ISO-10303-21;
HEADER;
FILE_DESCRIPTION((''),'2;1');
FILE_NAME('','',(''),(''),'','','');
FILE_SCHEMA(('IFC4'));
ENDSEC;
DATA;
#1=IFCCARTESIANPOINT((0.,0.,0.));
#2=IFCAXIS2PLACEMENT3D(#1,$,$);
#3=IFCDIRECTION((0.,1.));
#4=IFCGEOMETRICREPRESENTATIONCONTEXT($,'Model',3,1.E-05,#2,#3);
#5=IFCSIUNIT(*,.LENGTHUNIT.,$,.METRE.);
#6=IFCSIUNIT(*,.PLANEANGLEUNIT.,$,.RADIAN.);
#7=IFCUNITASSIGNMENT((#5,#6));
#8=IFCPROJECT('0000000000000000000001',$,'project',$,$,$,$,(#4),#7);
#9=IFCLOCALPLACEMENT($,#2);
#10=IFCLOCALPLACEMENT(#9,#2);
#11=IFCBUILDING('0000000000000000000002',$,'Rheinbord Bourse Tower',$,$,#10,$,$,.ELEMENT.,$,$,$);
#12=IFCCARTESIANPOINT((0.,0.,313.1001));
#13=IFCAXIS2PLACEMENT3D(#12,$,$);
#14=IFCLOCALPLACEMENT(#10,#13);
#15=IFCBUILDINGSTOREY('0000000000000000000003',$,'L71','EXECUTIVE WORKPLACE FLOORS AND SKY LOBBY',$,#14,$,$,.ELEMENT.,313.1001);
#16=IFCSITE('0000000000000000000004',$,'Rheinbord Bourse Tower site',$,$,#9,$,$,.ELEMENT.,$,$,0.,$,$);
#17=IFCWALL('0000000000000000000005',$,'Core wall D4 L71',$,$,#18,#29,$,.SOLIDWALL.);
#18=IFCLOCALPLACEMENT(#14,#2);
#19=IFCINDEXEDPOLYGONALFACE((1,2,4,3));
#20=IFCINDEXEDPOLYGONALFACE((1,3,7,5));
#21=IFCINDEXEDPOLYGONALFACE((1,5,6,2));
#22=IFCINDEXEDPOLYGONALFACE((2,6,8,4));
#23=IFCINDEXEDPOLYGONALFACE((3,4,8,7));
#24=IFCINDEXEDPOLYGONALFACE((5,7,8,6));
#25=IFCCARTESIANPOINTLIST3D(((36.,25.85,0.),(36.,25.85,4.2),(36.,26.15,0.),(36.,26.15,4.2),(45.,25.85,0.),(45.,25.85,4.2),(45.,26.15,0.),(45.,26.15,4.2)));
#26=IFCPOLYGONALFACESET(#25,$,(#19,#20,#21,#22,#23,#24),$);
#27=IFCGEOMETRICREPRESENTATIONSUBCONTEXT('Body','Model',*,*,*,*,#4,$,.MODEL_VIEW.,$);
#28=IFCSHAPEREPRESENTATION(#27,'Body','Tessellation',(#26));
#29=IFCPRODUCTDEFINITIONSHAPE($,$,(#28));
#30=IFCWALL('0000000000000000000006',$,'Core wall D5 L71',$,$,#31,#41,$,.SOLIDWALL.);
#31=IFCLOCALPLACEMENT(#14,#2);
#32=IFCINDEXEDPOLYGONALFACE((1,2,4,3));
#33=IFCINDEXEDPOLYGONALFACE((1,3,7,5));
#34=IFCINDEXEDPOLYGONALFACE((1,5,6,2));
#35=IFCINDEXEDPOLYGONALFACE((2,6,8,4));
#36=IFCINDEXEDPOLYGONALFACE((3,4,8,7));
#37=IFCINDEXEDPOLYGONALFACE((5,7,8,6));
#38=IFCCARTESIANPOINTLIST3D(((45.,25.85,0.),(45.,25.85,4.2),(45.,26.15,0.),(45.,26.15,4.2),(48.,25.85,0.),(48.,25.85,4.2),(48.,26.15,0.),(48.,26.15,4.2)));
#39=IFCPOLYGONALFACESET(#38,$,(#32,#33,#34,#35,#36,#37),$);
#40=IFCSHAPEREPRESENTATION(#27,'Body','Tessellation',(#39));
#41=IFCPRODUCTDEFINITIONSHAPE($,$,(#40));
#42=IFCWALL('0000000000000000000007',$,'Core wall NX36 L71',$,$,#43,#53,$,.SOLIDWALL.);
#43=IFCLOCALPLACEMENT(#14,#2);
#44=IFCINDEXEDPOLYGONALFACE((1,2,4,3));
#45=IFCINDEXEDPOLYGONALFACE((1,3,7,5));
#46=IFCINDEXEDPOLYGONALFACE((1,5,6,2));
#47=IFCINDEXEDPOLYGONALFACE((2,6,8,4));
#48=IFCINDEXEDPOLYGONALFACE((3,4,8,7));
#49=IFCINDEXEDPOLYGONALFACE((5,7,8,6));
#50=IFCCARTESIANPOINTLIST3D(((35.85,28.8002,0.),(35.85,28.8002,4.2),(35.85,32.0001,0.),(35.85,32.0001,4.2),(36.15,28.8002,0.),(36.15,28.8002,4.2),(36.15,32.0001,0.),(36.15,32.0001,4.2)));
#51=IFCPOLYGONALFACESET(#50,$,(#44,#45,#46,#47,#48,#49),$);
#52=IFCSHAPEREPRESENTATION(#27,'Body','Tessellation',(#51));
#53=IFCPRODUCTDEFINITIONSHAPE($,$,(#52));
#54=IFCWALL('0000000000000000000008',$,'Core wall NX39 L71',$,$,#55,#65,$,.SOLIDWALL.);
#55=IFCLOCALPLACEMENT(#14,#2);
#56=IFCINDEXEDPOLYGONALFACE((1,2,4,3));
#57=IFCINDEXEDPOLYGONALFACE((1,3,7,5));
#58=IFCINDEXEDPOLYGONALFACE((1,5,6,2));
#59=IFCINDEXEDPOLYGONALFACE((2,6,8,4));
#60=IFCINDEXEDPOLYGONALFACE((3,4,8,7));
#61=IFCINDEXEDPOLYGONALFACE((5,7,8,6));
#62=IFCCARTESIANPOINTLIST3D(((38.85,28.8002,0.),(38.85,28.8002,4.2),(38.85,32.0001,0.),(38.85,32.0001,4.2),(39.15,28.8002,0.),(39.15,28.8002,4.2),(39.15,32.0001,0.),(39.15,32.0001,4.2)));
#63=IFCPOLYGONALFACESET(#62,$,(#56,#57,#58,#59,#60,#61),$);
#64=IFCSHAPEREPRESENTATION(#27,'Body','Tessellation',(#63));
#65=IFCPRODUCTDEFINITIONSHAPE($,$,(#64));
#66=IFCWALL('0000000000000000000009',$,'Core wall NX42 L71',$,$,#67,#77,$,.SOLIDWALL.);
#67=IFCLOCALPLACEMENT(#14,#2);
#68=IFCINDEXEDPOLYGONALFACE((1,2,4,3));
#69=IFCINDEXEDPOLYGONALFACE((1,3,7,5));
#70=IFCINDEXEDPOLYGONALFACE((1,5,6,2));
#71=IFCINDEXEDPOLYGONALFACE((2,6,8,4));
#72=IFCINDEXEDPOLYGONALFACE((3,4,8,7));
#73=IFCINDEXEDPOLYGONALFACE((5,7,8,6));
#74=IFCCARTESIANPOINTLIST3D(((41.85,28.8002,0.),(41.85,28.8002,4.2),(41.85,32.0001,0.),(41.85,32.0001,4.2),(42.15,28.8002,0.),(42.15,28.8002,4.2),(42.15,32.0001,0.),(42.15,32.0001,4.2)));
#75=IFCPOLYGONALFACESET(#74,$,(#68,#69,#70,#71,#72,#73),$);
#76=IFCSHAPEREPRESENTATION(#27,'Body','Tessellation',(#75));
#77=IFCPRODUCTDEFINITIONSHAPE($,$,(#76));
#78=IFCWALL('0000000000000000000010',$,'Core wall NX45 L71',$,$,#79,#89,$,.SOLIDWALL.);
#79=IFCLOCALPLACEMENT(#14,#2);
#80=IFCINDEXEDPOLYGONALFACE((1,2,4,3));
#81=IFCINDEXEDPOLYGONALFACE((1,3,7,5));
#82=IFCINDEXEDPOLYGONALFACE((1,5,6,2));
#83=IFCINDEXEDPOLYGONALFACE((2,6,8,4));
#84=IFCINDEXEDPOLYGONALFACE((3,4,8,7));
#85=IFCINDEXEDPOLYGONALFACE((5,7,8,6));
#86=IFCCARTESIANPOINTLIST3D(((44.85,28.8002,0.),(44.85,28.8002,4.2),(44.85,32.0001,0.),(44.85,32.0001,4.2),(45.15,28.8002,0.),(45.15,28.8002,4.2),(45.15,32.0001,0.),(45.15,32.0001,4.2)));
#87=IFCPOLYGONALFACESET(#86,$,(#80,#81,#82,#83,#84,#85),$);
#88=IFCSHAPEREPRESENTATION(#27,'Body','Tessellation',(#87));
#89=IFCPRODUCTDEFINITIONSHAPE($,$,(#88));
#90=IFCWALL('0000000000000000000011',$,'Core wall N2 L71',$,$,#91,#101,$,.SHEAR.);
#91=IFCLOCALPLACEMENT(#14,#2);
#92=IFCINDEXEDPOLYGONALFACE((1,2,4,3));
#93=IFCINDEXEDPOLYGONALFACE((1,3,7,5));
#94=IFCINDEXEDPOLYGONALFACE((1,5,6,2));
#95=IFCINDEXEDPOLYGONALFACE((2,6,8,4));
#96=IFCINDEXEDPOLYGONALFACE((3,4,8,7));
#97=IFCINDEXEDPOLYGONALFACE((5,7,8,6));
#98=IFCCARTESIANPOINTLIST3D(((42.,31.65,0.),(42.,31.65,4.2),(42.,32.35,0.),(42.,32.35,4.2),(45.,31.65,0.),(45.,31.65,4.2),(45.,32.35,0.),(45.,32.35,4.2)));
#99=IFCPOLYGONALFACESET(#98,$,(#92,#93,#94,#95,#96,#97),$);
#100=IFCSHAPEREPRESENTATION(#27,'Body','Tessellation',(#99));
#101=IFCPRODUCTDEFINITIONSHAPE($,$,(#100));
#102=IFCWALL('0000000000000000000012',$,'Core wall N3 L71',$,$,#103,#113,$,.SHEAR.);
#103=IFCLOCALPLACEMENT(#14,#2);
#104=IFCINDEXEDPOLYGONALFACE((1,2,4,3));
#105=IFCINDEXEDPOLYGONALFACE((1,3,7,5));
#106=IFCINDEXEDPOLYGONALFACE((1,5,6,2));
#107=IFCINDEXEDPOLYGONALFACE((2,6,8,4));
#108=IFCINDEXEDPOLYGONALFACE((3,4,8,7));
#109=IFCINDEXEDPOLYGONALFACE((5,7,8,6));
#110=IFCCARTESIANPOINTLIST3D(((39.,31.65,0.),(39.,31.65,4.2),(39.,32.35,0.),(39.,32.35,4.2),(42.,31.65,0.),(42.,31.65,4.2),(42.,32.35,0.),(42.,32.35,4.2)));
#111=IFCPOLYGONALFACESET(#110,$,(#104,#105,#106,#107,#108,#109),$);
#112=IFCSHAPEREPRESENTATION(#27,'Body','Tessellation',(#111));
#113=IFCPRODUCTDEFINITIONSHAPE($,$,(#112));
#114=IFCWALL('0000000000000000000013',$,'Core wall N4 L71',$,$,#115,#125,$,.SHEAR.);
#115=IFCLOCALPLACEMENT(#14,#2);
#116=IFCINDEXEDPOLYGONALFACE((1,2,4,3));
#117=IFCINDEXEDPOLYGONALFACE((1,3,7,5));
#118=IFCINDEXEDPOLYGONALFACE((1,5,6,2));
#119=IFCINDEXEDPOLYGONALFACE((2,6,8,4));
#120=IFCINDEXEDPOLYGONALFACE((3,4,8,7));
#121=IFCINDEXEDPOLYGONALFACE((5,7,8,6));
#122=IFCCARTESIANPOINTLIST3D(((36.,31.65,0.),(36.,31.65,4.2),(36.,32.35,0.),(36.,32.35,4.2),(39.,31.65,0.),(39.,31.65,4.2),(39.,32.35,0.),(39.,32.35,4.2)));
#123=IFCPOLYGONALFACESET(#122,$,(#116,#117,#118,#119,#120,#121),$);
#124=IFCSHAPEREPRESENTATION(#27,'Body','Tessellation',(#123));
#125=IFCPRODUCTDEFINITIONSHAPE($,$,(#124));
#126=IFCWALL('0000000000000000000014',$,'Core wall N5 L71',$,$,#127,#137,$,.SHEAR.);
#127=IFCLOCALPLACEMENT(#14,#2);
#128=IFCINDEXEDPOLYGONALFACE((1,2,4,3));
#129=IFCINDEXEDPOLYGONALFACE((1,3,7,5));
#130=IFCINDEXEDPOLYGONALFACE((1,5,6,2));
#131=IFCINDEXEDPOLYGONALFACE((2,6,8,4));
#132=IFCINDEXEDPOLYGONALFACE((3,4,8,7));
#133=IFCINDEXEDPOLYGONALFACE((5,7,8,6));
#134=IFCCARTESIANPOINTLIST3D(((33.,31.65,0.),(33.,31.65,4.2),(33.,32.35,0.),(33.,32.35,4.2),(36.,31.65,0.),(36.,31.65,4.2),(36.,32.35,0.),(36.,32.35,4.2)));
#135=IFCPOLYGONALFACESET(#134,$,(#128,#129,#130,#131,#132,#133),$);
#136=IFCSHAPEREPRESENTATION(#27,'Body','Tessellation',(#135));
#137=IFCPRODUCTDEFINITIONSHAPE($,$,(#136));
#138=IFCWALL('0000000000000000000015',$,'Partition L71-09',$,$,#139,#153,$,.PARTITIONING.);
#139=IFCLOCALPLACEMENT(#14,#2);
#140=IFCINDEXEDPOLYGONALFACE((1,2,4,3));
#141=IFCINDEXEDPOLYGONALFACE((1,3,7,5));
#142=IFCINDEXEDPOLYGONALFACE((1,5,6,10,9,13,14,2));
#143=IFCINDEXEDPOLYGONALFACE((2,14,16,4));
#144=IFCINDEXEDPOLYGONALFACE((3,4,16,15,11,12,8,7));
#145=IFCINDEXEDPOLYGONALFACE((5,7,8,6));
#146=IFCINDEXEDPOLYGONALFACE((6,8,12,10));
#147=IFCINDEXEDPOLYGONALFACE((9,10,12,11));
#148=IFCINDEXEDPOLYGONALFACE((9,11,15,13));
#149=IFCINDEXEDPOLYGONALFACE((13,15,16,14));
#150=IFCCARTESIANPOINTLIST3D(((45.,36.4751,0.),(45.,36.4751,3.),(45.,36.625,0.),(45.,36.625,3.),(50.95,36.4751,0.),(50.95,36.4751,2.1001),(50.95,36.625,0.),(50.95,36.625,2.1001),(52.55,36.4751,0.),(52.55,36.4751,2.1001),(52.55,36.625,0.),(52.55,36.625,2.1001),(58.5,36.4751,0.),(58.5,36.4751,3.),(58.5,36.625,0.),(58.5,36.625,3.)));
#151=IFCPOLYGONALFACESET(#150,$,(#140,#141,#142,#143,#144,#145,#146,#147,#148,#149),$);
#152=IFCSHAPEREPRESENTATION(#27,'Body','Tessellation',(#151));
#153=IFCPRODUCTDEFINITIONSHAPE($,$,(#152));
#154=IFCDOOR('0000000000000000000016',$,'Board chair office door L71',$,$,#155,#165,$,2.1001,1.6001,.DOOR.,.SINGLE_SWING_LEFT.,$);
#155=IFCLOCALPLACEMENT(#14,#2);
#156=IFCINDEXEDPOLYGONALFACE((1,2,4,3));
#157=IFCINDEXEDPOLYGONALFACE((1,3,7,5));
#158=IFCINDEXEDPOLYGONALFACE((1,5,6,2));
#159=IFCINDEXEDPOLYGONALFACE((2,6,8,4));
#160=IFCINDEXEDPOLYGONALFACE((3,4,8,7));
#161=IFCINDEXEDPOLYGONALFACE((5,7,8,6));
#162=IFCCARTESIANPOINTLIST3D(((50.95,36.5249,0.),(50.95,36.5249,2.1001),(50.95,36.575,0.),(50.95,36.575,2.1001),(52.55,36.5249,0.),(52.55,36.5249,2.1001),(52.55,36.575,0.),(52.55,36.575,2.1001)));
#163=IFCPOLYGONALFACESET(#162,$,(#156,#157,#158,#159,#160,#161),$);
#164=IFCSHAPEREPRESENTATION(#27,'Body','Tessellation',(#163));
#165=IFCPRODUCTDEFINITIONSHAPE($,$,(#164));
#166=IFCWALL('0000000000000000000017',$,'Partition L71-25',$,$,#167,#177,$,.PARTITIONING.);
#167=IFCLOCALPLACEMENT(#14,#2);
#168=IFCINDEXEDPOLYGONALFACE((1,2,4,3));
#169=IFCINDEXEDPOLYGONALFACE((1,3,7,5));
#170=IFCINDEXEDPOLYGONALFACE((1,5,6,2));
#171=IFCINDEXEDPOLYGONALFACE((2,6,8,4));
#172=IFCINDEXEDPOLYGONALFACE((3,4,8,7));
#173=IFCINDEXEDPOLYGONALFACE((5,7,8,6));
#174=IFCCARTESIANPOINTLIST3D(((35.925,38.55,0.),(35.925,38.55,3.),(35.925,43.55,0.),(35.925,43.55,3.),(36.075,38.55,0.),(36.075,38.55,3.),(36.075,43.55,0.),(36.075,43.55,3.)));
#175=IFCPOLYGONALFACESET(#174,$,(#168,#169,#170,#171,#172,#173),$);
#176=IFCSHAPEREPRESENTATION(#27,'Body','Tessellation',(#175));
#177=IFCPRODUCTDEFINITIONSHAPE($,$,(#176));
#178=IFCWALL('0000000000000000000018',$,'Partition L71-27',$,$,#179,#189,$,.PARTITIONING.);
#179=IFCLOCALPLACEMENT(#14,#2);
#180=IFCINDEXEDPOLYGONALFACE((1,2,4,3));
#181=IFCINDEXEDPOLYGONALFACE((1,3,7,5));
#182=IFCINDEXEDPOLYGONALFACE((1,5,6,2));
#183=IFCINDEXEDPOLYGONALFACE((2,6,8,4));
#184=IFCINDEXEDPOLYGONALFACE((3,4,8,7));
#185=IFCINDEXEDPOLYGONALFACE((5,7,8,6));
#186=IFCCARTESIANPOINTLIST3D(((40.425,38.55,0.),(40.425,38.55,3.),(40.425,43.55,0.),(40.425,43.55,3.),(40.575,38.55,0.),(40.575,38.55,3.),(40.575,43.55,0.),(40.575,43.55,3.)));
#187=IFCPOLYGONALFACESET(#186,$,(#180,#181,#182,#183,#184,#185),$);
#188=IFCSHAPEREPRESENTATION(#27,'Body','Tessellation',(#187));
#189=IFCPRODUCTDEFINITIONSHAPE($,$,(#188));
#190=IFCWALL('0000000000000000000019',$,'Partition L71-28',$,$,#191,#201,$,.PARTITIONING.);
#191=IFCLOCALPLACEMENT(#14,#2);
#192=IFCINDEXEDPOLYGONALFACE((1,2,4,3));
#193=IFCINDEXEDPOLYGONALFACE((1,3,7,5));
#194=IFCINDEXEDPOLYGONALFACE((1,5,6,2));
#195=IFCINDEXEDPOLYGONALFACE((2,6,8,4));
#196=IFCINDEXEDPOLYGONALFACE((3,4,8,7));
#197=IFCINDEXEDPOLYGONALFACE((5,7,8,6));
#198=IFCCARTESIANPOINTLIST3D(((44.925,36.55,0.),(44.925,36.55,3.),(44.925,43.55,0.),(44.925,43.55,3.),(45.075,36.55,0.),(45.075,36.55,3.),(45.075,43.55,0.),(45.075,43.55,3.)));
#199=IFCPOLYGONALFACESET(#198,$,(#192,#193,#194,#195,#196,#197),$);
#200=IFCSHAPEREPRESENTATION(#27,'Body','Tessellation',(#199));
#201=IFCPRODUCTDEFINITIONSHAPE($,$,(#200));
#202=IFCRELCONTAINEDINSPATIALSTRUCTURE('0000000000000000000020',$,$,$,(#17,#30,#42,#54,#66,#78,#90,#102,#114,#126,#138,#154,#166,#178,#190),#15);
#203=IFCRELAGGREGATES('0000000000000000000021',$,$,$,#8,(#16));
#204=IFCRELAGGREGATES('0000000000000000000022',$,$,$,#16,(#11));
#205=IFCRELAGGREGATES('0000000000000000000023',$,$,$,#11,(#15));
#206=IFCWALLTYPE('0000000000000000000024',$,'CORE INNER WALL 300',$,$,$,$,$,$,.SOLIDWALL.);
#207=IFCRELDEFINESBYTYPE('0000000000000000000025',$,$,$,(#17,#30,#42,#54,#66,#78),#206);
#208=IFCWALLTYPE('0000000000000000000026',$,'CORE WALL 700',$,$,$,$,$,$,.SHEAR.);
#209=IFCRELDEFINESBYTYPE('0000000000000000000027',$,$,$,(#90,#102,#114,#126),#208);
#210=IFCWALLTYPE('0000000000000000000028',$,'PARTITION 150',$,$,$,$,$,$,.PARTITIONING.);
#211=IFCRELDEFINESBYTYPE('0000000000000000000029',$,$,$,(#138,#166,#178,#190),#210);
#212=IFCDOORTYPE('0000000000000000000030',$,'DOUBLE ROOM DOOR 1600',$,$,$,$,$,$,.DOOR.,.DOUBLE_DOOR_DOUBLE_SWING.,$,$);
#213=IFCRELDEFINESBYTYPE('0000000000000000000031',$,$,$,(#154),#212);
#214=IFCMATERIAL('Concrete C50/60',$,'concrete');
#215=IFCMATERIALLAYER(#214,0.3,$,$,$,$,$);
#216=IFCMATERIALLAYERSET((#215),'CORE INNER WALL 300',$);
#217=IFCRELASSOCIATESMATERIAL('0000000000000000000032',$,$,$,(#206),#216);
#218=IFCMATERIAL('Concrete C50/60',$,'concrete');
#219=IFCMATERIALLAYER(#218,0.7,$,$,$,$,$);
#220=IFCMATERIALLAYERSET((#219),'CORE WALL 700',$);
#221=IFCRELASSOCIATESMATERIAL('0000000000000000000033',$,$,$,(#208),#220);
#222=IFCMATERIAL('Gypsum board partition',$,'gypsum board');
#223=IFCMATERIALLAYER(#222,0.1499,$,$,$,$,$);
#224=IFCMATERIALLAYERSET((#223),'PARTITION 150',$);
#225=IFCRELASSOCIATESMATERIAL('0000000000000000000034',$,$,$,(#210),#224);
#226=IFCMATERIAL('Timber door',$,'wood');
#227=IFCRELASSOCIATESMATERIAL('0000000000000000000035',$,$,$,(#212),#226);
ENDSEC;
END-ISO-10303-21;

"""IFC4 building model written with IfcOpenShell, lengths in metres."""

from ifc_helpers import new_model, si_unit, direction, frame, frame_2d, origin, place, context, subcontext, project, spatial, rectangle, extrude, material, layer, layer_set, type_object, element, fill, save


model = new_model("IFC4")

# Units and contexts
model_context = context("Model", 3, precision=1e-05, world=origin(), true_north=direction((0.0, 1.0)))
body_context = subcontext(model_context, "Body", "Model", "MODEL_VIEW")
ifc_project = project(units=[si_unit("LENGTHUNIT", "METRE"), si_unit("PLANEANGLEUNIT", "RADIAN")], contexts=[model_context])

# Site, building, storey
site_placement = place(None, origin())
site = spatial("IfcSite", under=ifc_project, at=site_placement, Name="Rheinbord Bourse Tower site", CompositionType="ELEMENT", RefElevation=0.0)
building_placement = place(site_placement, origin())
building = spatial("IfcBuilding", under=site, at=building_placement, Name="Rheinbord Bourse Tower", CompositionType="ELEMENT")
storey_placement = place(building_placement, frame((0.0, 0.0, 313.1001)))
storey = spatial("IfcBuildingStorey", under=building, at=storey_placement, Name="L71", Description="EXECUTIVE WORKPLACE FLOORS AND SKY LOBBY", CompositionType="ELEMENT", Elevation=313.1001)

# Shared definitions
ifc_material_1 = material(Name="Concrete C50/60", Category="concrete")
ifc_layer_1 = layer(ifc_material_1, 0.3)
ifc_layer_set_1 = layer_set([ifc_layer_1], Name="CORE INNER WALL 300")
wall_type_1 = type_object("IfcWallType", Name="CORE INNER WALL 300", PredefinedType="SOLIDWALL", material=ifc_layer_set_1)

# Walls
wall_1_placement = place(storey_placement, frame((36.0, 26.0, 0.0), z_axis=(0.0, 0.0, 1.0), x_axis=(1.0, 0.0, 0.0)))
element("IfcWall", 1, at=wall_1_placement, inside=storey, type_object=wall_type_1, Name="Core wall D4 L71", PredefinedType="SOLIDWALL", context=body_context, shape_type="SweptSolid", body=[
    extrude(rectangle(XDim=9.0, YDim=0.3, at=frame_2d((4.5, 0.0))), origin(), (0.0, 0.0, 1.0), 4.2),
])
wall_2_placement = place(storey_placement, frame((45.0, 26.0, 0.0), z_axis=(0.0, 0.0, 1.0), x_axis=(1.0, 0.0, 0.0)))
element("IfcWall", 2, at=wall_2_placement, inside=storey, type_object=wall_type_1, Name="Core wall D5 L71", PredefinedType="SOLIDWALL", context=body_context, shape_type="SweptSolid", body=[
    extrude(rectangle(XDim=3.0, YDim=0.3, at=frame_2d((1.5, 0.0))), origin(), (0.0, 0.0, 1.0), 4.2),
])
for number, where, z_axis, x_axis, name in (
    (3, (36.0, 28.8, 0.0), (0.0, 0.0, 1.0), (0.0, 1.0, 0.0), "Core wall NX36 L71"),
    (4, (39.0, 28.8, 0.0), (0.0, 0.0, 1.0), (0.0, 1.0, 0.0), "Core wall NX39 L71"),
    (5, (42.0, 28.8, 0.0), (0.0, 0.0, 1.0), (0.0, 1.0, 0.0), "Core wall NX42 L71"),
    (6, (45.0, 28.8, 0.0), (0.0, 0.0, 1.0), (0.0, 1.0, 0.0), "Core wall NX45 L71"),
):
    element("IfcWall", number, at=place(storey_placement, frame(where, z_axis=z_axis, x_axis=x_axis)), inside=storey, type_object=wall_type_1, Name=name, PredefinedType="SOLIDWALL", context=body_context, shape_type="SweptSolid", body=[
        extrude(rectangle(XDim=3.2, YDim=0.3, at=frame_2d((1.6001, 0.0))), origin(), (0.0, 0.0, 1.0), 4.2),
    ])
ifc_material_2 = material(Name="Concrete C50/60", Category="concrete")
ifc_layer_2 = layer(ifc_material_2, 0.7)
ifc_layer_set_2 = layer_set([ifc_layer_2], Name="CORE WALL 700")
wall_type_2 = type_object("IfcWallType", Name="CORE WALL 700", PredefinedType="SHEAR", material=ifc_layer_set_2)
for number, where, z_axis, x_axis, name in (
    (7, (45.0, 32.0, 0.0), (0.0, 0.0, 1.0), (-1.0, 0.0, 0.0), "Core wall N2 L71"),
    (8, (42.0, 32.0, 0.0), (0.0, 0.0, 1.0), (-1.0, 0.0, 0.0), "Core wall N3 L71"),
    (9, (39.0, 32.0, 0.0), (0.0, 0.0, 1.0), (-1.0, 0.0, 0.0), "Core wall N4 L71"),
    (10, (36.0, 32.0, 0.0), (0.0, 0.0, 1.0), (-1.0, 0.0, 0.0), "Core wall N5 L71"),
):
    element("IfcWall", number, at=place(storey_placement, frame(where, z_axis=z_axis, x_axis=x_axis)), inside=storey, type_object=wall_type_2, Name=name, PredefinedType="SHEAR", context=body_context, shape_type="SweptSolid", body=[
        extrude(rectangle(XDim=3.0, YDim=0.7, at=frame_2d((1.5, 0.0))), origin(), (0.0, 0.0, 1.0), 4.2),
    ])

# Wall, opening, door
ifc_material_3 = material(Name="Gypsum board partition", Category="gypsum board")
ifc_layer_3 = layer(ifc_material_3, 0.1499)
ifc_layer_set_3 = layer_set([ifc_layer_3], Name="PARTITION 150")
wall_type_3 = type_object("IfcWallType", Name="PARTITION 150", PredefinedType="PARTITIONING", material=ifc_layer_set_3)
wall_3_placement = place(storey_placement, frame((45.0, 36.55, 0.0), z_axis=(0.0, 0.0, 1.0), x_axis=(1.0, 0.0, 0.0)))
wall_3 = element("IfcWall", 11, at=wall_3_placement, inside=storey, type_object=wall_type_3, Name="Partition L71-09", PredefinedType="PARTITIONING", context=body_context, shape_type="SweptSolid", body=[
    extrude(rectangle(XDim=13.5, YDim=0.1499, at=frame_2d((6.75, 0.0))), origin(), (0.0, 0.0, 1.0), 3.0),
])
opening_1_placement = place(wall_3_placement, frame((5.95, 0.0, 0.0)))
opening_1 = element("IfcOpeningElement", 12, at=opening_1_placement, cuts=wall_3, PredefinedType="OPENING", context=body_context, shape_type="SweptSolid", body=[
    extrude(rectangle(XDim=1.6001, YDim=2.1001, at=frame_2d((0.8, 1.05))), frame((0.0, 0.085, 0.0), z_axis=(0.0, -1.0, 0.0), x_axis=(1.0, 0.0, 0.0)), (0.0, 0.0, 1.0), 0.1699),
])
ifc_material_4 = material(Name="Timber door", Category="wood")
door_type_1 = type_object("IfcDoorType", Name="DOUBLE ROOM DOOR 1600", OperationType="DOUBLE_DOOR_DOUBLE_SWING", PredefinedType="DOOR", material=ifc_material_4)
door_1_placement = place(opening_1_placement, origin())
door_1 = element("IfcDoor", 13, at=door_1_placement, inside=storey, type_object=door_type_1, Name="Board chair office door L71", OperationType="SINGLE_SWING_LEFT", OverallHeight=2.1001, OverallWidth=1.6001, PredefinedType="DOOR", context=body_context, shape_type="SweptSolid", body=[
    extrude(rectangle(XDim=1.6001, YDim=2.1001, at=frame_2d((0.8, 1.05))), frame((0.0, 0.0249, 0.0), z_axis=(0.0, -1.0, 0.0), x_axis=(1.0, 0.0, 0.0)), (0.0, 0.0, 1.0), 0.05),
])
fill(opening_1, door_1)

# Walls
for number, where, z_axis, x_axis, name in (
    (14, (36.0, 38.55, 0.0), (0.0, 0.0, 1.0), (0.0, 1.0, 0.0), "Partition L71-25"),
    (15, (40.5, 38.55, 0.0), (0.0, 0.0, 1.0), (0.0, 1.0, 0.0), "Partition L71-27"),
):
    element("IfcWall", number, at=place(storey_placement, frame(where, z_axis=z_axis, x_axis=x_axis)), inside=storey, type_object=wall_type_3, Name=name, PredefinedType="PARTITIONING", context=body_context, shape_type="SweptSolid", body=[
        extrude(rectangle(XDim=5.0, YDim=0.1499, at=frame_2d((2.5, 0.0))), origin(), (0.0, 0.0, 1.0), 3.0),
    ])
wall_4_placement = place(storey_placement, frame((45.0, 36.55, 0.0), z_axis=(0.0, 0.0, 1.0), x_axis=(0.0, 1.0, 0.0)))
element("IfcWall", 16, at=wall_4_placement, inside=storey, type_object=wall_type_3, Name="Partition L71-28", PredefinedType="PARTITIONING", context=body_context, shape_type="SweptSolid", body=[
    extrude(rectangle(XDim=7.0, YDim=0.1499, at=frame_2d((3.5, 0.0))), origin(), (0.0, 0.0, 1.0), 3.0),
])

save(model, "model.ifc")
